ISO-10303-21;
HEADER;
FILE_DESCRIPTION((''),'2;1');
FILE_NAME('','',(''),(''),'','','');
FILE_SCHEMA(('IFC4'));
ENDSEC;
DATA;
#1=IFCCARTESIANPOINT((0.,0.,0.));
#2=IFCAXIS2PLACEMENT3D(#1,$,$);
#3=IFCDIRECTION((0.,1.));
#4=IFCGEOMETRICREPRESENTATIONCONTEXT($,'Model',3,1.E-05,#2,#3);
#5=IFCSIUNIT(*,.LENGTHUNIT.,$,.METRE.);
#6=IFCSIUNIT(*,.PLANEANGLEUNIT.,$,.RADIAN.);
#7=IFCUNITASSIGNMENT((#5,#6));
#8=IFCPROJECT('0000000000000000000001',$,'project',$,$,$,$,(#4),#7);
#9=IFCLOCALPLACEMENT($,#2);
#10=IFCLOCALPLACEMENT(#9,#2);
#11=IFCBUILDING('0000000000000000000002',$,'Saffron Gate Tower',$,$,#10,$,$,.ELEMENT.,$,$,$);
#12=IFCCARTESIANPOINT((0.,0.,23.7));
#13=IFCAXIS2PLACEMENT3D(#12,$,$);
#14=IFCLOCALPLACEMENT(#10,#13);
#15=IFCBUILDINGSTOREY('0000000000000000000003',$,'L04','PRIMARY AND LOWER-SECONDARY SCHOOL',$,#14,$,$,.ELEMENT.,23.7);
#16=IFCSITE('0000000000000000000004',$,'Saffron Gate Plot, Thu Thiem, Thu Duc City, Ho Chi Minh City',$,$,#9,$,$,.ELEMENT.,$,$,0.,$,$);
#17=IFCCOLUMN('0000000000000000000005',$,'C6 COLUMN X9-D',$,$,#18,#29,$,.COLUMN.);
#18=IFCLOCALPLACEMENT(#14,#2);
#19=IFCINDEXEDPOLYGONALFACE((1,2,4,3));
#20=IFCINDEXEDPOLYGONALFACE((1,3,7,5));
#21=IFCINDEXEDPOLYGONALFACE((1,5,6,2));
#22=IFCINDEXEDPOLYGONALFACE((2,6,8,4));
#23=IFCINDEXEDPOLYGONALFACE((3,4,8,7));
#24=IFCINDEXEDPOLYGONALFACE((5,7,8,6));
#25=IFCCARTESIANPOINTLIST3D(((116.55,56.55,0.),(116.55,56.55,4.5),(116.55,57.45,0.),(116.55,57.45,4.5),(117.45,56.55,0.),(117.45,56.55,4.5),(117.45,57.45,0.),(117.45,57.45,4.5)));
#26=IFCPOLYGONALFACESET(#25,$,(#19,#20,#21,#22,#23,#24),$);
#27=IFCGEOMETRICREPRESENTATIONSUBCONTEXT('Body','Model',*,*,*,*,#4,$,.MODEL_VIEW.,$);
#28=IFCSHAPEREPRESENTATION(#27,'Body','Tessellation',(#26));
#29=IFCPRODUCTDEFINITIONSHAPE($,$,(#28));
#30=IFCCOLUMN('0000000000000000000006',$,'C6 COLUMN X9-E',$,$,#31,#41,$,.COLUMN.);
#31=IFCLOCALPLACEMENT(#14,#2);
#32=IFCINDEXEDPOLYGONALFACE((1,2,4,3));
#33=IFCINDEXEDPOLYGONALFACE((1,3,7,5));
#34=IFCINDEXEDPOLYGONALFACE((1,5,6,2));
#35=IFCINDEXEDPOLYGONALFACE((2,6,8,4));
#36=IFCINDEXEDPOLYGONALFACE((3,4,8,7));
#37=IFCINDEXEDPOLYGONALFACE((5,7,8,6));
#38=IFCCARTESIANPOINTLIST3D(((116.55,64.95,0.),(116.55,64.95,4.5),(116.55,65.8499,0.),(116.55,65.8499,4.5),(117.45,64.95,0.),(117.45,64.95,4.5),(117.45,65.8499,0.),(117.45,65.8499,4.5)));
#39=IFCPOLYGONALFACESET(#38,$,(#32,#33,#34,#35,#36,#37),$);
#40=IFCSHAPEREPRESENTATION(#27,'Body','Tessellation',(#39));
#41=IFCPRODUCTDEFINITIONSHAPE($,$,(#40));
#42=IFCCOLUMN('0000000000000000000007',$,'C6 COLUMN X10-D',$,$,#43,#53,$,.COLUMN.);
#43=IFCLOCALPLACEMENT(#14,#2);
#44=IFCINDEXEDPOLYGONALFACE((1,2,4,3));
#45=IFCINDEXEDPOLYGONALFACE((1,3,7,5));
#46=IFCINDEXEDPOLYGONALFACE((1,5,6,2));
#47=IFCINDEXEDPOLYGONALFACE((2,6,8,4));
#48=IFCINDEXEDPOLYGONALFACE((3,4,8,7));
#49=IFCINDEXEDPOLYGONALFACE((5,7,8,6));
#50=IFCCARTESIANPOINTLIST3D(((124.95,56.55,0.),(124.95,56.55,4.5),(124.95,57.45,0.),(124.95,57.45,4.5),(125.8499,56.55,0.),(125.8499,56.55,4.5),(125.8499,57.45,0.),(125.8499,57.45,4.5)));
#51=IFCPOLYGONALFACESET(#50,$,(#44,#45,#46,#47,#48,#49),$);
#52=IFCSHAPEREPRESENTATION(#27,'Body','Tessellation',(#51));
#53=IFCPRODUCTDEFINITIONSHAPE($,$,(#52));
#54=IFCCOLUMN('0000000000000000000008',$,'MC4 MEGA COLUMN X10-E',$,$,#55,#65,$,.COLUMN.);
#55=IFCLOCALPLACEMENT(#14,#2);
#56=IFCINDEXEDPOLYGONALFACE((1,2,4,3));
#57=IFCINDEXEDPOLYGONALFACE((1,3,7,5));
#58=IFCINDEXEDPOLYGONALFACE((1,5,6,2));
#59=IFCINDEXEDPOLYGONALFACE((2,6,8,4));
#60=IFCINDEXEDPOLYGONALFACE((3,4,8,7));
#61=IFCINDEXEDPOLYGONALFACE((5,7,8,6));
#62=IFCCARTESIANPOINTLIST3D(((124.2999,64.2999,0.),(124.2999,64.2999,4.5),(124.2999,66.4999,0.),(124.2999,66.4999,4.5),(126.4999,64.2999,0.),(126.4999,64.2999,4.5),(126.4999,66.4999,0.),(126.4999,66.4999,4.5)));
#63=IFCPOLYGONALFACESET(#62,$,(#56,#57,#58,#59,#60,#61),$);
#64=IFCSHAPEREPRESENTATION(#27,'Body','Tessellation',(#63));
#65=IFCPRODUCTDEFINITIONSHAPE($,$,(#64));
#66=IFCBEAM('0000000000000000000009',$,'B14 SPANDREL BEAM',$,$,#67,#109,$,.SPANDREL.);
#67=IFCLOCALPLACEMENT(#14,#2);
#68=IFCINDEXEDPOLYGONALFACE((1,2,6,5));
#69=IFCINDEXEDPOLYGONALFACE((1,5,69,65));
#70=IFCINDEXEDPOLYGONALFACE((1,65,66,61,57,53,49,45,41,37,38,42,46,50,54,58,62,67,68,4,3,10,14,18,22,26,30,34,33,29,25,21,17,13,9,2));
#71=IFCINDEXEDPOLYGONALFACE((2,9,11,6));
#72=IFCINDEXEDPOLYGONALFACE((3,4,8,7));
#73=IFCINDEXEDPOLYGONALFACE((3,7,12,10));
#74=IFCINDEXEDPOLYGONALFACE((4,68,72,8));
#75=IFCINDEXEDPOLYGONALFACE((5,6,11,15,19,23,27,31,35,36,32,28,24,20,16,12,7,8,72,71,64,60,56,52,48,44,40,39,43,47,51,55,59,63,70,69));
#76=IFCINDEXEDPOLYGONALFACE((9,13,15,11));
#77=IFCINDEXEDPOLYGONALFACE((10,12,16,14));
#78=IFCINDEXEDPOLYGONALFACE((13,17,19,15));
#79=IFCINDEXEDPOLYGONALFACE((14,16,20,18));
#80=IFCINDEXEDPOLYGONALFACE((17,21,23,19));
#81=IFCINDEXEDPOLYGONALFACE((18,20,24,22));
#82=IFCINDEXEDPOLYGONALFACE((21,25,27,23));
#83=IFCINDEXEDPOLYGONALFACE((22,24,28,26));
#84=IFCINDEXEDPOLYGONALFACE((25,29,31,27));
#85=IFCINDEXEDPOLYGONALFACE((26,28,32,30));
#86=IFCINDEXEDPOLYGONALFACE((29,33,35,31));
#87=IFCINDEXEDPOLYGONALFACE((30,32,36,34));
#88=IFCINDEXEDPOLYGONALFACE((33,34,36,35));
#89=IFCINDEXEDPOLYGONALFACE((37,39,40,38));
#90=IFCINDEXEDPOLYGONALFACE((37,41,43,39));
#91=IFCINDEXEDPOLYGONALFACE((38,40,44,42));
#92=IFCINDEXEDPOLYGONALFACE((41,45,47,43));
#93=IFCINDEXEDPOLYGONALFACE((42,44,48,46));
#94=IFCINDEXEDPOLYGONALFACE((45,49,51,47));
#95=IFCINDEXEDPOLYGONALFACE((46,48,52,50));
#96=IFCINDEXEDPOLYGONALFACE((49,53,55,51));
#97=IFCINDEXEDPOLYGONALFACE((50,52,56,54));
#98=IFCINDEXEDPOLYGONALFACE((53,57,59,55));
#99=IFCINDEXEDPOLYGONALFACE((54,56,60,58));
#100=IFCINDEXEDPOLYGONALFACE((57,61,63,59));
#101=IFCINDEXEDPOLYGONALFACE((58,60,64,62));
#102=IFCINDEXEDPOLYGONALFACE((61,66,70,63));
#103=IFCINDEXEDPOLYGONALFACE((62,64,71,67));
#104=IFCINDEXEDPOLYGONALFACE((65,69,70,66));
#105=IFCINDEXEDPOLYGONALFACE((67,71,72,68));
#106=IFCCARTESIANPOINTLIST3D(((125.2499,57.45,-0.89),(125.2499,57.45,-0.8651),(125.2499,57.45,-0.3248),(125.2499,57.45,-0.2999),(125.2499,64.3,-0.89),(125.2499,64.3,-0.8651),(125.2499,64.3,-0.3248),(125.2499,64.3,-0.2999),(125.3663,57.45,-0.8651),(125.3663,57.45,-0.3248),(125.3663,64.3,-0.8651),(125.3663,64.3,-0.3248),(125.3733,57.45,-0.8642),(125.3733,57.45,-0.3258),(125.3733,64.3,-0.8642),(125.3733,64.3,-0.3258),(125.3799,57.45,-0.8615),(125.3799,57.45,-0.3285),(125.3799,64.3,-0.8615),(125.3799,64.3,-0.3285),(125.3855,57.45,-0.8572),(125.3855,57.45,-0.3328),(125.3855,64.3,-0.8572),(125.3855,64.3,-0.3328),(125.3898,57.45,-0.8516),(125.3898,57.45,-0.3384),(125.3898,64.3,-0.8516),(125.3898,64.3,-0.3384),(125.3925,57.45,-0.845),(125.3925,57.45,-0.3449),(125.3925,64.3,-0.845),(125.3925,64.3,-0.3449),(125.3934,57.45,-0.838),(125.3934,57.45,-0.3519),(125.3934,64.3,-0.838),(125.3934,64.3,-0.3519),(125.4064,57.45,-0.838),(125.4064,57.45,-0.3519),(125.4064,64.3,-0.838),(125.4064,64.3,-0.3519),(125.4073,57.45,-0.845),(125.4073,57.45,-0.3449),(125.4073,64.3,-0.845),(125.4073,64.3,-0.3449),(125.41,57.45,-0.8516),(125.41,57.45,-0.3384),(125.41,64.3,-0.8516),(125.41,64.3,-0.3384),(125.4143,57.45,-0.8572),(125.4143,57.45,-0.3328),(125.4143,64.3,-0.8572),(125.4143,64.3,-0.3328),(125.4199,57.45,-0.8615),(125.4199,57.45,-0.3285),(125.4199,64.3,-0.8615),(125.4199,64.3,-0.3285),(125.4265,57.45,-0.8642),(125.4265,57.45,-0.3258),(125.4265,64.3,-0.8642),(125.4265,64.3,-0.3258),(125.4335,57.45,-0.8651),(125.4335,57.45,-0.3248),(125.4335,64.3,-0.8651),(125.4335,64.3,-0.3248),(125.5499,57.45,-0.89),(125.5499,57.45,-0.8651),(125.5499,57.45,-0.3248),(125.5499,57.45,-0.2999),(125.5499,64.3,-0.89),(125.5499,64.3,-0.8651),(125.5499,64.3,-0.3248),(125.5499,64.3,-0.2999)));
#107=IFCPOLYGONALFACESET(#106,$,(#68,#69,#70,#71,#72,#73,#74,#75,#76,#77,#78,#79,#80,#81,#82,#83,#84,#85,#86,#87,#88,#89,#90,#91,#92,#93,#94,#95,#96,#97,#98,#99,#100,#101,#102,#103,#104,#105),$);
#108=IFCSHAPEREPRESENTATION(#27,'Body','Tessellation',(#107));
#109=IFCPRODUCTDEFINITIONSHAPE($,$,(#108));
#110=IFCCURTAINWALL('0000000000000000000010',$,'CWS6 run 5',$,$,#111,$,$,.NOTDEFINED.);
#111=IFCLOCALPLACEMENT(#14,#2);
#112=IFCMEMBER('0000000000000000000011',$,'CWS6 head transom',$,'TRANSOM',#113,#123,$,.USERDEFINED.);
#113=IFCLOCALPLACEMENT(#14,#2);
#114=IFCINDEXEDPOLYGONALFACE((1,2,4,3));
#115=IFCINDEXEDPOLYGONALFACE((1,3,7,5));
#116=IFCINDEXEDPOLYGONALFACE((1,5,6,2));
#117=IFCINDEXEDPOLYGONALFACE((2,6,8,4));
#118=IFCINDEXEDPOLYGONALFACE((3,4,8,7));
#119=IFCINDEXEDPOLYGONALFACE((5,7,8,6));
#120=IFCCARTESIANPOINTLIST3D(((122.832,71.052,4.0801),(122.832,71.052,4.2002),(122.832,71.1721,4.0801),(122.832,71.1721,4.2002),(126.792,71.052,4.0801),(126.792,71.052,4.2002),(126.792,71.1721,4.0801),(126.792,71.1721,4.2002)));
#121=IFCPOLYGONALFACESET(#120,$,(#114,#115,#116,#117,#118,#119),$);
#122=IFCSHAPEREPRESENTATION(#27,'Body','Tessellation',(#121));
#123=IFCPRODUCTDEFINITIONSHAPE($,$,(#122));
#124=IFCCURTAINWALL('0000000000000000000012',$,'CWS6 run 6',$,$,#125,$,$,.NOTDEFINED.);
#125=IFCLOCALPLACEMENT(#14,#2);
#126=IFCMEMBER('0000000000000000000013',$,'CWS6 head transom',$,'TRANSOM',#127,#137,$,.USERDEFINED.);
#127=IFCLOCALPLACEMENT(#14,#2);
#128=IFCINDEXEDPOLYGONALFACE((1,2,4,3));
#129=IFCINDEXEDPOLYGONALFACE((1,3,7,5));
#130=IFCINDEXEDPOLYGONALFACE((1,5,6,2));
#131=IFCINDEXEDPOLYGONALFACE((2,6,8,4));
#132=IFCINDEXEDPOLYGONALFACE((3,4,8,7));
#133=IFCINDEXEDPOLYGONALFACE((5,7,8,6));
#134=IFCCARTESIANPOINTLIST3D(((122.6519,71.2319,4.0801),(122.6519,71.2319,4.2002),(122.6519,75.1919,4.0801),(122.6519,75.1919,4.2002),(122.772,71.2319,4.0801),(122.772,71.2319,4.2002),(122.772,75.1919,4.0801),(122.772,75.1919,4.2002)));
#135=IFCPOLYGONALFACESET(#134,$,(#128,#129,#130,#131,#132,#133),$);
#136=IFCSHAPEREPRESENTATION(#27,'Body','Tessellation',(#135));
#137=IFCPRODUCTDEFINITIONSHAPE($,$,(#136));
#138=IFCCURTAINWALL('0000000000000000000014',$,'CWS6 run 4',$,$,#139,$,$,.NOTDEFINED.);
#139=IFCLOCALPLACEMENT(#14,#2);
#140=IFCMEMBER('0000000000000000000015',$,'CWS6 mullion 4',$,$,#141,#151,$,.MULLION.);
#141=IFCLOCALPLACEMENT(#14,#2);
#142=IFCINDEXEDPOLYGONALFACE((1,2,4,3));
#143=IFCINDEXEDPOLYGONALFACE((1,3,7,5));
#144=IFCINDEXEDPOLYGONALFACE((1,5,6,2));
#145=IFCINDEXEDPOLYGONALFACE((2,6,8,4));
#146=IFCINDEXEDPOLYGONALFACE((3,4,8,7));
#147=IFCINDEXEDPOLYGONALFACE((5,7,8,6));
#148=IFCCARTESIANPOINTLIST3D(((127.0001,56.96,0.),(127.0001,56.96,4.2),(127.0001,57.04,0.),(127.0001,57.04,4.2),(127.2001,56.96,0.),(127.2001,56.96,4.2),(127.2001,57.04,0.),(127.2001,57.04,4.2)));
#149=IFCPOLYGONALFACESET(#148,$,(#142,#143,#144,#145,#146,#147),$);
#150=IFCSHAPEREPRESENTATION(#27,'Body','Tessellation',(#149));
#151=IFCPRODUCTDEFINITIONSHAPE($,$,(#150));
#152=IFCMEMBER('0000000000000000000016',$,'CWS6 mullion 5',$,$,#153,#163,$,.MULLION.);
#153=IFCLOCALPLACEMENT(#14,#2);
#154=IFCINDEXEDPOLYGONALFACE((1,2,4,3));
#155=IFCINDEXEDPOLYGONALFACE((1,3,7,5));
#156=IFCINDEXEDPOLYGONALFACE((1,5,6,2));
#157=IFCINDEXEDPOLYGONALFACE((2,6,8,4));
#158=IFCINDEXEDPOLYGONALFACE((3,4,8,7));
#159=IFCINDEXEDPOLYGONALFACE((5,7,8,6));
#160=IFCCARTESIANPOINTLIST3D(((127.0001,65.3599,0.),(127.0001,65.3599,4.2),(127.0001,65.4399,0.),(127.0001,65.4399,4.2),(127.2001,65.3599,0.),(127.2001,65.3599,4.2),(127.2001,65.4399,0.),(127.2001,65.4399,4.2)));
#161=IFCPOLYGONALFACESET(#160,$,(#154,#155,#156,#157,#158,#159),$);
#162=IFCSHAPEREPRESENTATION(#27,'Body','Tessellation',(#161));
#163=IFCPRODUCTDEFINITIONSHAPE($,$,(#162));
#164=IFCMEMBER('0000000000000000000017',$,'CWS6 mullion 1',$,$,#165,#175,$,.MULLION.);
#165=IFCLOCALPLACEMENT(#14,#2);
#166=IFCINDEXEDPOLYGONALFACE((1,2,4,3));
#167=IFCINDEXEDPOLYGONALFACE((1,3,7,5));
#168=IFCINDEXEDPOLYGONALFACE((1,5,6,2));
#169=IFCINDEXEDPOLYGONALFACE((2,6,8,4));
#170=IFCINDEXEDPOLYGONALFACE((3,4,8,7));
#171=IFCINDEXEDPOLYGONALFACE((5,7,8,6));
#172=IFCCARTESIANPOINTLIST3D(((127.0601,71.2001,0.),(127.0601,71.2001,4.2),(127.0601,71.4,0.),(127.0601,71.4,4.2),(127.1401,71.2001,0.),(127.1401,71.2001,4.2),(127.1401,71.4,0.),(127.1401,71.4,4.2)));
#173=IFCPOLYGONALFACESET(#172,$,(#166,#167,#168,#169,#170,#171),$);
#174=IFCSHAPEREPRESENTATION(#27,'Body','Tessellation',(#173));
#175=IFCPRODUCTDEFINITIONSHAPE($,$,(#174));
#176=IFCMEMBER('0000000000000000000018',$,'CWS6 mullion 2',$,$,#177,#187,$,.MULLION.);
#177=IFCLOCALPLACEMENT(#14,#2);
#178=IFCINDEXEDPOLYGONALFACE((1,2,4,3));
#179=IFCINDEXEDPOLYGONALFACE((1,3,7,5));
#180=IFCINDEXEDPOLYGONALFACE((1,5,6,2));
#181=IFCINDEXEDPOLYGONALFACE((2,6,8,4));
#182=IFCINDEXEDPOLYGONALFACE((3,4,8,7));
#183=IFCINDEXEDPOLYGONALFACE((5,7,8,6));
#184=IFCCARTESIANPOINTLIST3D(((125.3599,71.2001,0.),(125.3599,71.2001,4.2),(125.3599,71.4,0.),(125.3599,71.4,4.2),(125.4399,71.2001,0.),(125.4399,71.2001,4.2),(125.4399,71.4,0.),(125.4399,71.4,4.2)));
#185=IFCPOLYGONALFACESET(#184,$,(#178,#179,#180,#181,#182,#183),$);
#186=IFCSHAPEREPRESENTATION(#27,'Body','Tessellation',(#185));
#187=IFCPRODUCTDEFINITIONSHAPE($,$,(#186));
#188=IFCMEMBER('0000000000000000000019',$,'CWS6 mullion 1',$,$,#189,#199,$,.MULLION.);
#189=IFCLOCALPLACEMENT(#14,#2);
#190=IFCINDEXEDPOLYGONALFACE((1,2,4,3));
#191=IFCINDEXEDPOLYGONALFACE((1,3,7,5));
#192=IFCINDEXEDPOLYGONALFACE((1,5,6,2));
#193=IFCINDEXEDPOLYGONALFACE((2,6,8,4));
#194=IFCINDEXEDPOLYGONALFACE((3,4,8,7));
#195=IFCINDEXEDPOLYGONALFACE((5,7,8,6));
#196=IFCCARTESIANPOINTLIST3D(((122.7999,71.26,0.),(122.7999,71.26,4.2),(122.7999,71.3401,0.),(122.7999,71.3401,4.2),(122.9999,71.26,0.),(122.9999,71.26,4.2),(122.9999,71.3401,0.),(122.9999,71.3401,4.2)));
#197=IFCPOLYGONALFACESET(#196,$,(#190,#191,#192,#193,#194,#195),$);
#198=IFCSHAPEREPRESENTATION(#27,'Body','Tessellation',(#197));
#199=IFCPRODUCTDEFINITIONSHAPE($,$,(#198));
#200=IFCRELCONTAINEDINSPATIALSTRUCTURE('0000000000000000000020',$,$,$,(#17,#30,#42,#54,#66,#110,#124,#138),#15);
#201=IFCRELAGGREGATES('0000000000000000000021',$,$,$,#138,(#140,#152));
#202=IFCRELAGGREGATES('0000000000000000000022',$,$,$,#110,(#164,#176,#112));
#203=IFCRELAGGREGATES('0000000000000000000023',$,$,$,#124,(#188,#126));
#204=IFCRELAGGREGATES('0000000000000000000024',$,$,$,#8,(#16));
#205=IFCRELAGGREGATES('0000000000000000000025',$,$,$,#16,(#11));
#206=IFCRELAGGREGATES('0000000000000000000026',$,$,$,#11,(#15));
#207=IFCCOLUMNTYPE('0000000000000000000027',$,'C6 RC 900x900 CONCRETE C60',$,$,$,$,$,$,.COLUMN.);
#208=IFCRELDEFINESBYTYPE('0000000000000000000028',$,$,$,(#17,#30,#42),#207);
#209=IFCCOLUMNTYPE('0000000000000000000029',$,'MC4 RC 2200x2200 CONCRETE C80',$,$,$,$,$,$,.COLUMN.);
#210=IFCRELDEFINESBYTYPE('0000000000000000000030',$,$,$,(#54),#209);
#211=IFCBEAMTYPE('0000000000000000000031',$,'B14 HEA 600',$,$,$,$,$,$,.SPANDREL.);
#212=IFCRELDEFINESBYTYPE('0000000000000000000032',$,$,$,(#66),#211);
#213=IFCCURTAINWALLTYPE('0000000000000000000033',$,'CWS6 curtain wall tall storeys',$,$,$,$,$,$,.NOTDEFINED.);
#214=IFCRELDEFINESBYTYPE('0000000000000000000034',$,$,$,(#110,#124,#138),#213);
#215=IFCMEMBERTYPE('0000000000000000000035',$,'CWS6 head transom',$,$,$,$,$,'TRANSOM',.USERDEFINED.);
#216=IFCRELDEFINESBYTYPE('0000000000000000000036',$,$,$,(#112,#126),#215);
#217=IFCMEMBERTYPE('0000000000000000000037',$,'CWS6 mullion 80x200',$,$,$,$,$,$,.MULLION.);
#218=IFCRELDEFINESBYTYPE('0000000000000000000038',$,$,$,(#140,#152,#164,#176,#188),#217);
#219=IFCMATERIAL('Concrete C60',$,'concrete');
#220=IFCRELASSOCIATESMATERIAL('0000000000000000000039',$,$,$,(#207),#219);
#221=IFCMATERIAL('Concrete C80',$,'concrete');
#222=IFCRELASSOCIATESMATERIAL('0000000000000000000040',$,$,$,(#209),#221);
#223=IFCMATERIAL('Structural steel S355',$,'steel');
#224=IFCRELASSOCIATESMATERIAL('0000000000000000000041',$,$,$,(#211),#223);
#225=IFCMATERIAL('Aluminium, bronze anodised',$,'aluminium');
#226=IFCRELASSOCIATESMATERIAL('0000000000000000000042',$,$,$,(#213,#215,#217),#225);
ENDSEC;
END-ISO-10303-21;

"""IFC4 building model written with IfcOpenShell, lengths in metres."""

from ifc_helpers import new_model, si_unit, direction, frame, origin, origin_2d, place, context, subcontext, project, spatial, rectangle, i_section, extrude, material, material_profile, profile_set, type_object, element, aggregate, save


model = new_model("IFC4")

# Units and contexts
model_context = context("Model", 3, precision=1e-05, world=origin(), true_north=direction((0.0, 1.0)))
body_context = subcontext(model_context, "Body", "Model", "MODEL_VIEW")
ifc_project = project(units=[si_unit("LENGTHUNIT", "METRE"), si_unit("PLANEANGLEUNIT", "RADIAN")], contexts=[model_context])

# Site, building, storey
site_placement = place(None, origin())
site = spatial("IfcSite", under=ifc_project, at=site_placement, Name="Saffron Gate Plot, Thu Thiem, Thu Duc City, Ho Chi Minh City", CompositionType="ELEMENT", RefElevation=0.0)
building_placement = place(site_placement, origin())
building = spatial("IfcBuilding", under=site, at=building_placement, Name="Saffron Gate Tower", CompositionType="ELEMENT")
storey_placement = place(building_placement, frame((0.0, 0.0, 23.7)))
storey = spatial("IfcBuildingStorey", under=building, at=storey_placement, Name="L04", Description="PRIMARY AND LOWER-SECONDARY SCHOOL", CompositionType="ELEMENT", Elevation=23.7)

# Columns
ifc_material_1 = material(Name="Concrete C60", Category="concrete")
ifc_material_profile_1 = material_profile(ifc_material_1, rectangle(XDim=0.8999, YDim=0.8999, at=origin_2d()))
ifc_profile_set_1 = profile_set([ifc_material_profile_1], Name="Concrete C60")
column_type_1 = type_object("IfcColumnType", Name="C6 RC 900x900 CONCRETE C60", PredefinedType="COLUMN", material=ifc_profile_set_1)
for number, where, z_axis, x_axis, name in (
    (1, (117.0, 57.0, 0.0), (0.0, 0.0, 1.0), (1.0, 0.0, 0.0), "C6 COLUMN X9-D"),
    (2, (117.0, 65.3999, 0.0), (0.0, 0.0, 1.0), (1.0, 0.0, 0.0), "C6 COLUMN X9-E"),
    (3, (125.3999, 57.0, 0.0), (0.0, 0.0, 1.0), (1.0, 0.0, 0.0), "C6 COLUMN X10-D"),
):
    element("IfcColumn", number, at=place(storey_placement, frame(where, z_axis=z_axis, x_axis=x_axis)), inside=storey, type_object=column_type_1, Name=name, PredefinedType="COLUMN", context=body_context, shape_type="SweptSolid", body=[
        extrude(rectangle(XDim=0.8999, YDim=0.8999, at=origin_2d()), origin(), (0.0, 0.0, 1.0), 4.5),
    ])
ifc_material_2 = material(Name="Concrete C80", Category="concrete")
ifc_material_profile_2 = material_profile(ifc_material_2, rectangle(XDim=2.2, YDim=2.2, at=origin_2d()))
ifc_profile_set_2 = profile_set([ifc_material_profile_2], Name="Concrete C80")
column_type_2 = type_object("IfcColumnType", Name="MC4 RC 2200x2200 CONCRETE C80", PredefinedType="COLUMN", material=ifc_profile_set_2)
column_placement = place(storey_placement, frame((125.3999, 65.3999, 0.0), z_axis=(0.0, 0.0, 1.0), x_axis=(1.0, 0.0, 0.0)))
element("IfcColumn", 4, at=column_placement, inside=storey, type_object=column_type_2, Name="MC4 MEGA COLUMN X10-E", PredefinedType="COLUMN", context=body_context, shape_type="SweptSolid", body=[
    extrude(rectangle(XDim=2.2, YDim=2.2, at=origin_2d()), origin(), (0.0, 0.0, 1.0), 4.5),
])

# Beam
ifc_material_3 = material(Name="Structural steel S355", Category="steel")
ifc_material_profile_3 = material_profile(ifc_material_3, i_section(OverallWidth=0.3, OverallDepth=0.5901, WebThickness=0.0129, FlangeThickness=0.0249, FilletRadius=0.0271, at=origin_2d()))
ifc_profile_set_3 = profile_set([ifc_material_profile_3], Name="Structural steel S355")
beam_type = type_object("IfcBeamType", Name="B14 HEA 600", PredefinedType="SPANDREL", material=ifc_profile_set_3)
beam_placement = place(storey_placement, frame((125.3999, 57.45, -0.595), z_axis=(0.0, 1.0, 0.0), x_axis=(-1.0, 0.0, 0.0)))
element("IfcBeam", 5, at=beam_placement, inside=storey, type_object=beam_type, Name="B14 SPANDREL BEAM", PredefinedType="SPANDREL", context=body_context, shape_type="SweptSolid", body=[
    extrude(i_section(OverallWidth=0.3, OverallDepth=0.5901, WebThickness=0.0129, FlangeThickness=0.0249, FilletRadius=0.0271, at=origin_2d()), origin(), (0.0, 0.0, 1.0), 6.8501),
])

# Curtain walls, members
ifc_material_4 = material(Name="Aluminium, bronze anodised", Category="aluminium")
curtain_wall_type = type_object("IfcCurtainWallType", Name="CWS6 curtain wall tall storeys", PredefinedType="NOTDEFINED", material=ifc_material_4)
curtain_wall_1_placement = place(storey_placement, origin())
curtain_wall_1 = element("IfcCurtainWall", 6, at=curtain_wall_1_placement, inside=storey, type_object=curtain_wall_type, Name="CWS6 run 5", PredefinedType="NOTDEFINED")
ifc_material_profile_4 = material_profile(ifc_material_4, rectangle(XDim=0.1201, YDim=0.1201, at=origin_2d()))
ifc_profile_set_4 = profile_set([ifc_material_profile_4], Name="Aluminium, bronze anodised")
member_type_1 = type_object("IfcMemberType", Name="CWS6 head transom", ElementType="TRANSOM", PredefinedType="USERDEFINED", material=ifc_profile_set_4)
member_1_placement = place(storey_placement, frame((126.792, 71.1121, 4.1401), z_axis=(-1.0, 0.0, 0.0), x_axis=(0.0, -1.0, 0.0)))
member_1 = element("IfcMember", 7, at=member_1_placement, type_object=member_type_1, Name="CWS6 head transom", ObjectType="TRANSOM", PredefinedType="USERDEFINED", context=body_context, shape_type="SweptSolid", body=[
    extrude(rectangle(XDim=0.1201, YDim=0.1201, at=origin_2d()), origin(), (0.0, 0.0, 1.0), 3.96),
])
curtain_wall_2_placement = place(storey_placement, origin())
curtain_wall_2 = element("IfcCurtainWall", 8, at=curtain_wall_2_placement, inside=storey, type_object=curtain_wall_type, Name="CWS6 run 6", PredefinedType="NOTDEFINED")
member_2_placement = place(storey_placement, frame((122.7119, 71.2319, 4.1401), z_axis=(0.0, 1.0, 0.0), x_axis=(-1.0, 0.0, 0.0)))
member_2 = element("IfcMember", 9, at=member_2_placement, type_object=member_type_1, Name="CWS6 head transom", ObjectType="TRANSOM", PredefinedType="USERDEFINED", context=body_context, shape_type="SweptSolid", body=[
    extrude(rectangle(XDim=0.1201, YDim=0.1201, at=origin_2d()), origin(), (0.0, 0.0, 1.0), 3.96),
])

# Curtain wall, members
curtain_wall_3_placement = place(storey_placement, origin())
curtain_wall_3 = element("IfcCurtainWall", 10, at=curtain_wall_3_placement, inside=storey, type_object=curtain_wall_type, Name="CWS6 run 4", PredefinedType="NOTDEFINED")
ifc_material_profile_5 = material_profile(ifc_material_4, rectangle(XDim=0.2, YDim=0.0801, at=origin_2d()))
ifc_profile_set_5 = profile_set([ifc_material_profile_5], Name="Aluminium, bronze anodised")
member_type_2 = type_object("IfcMemberType", Name="CWS6 mullion 80x200", PredefinedType="MULLION", material=ifc_profile_set_5)
member_3_placement = place(storey_placement, frame((127.1001, 57.0, 0.0), z_axis=(0.0, 0.0, 1.0), x_axis=(-1.0, 0.0, 0.0)))
member_3 = element("IfcMember", 11, at=member_3_placement, type_object=member_type_2, Name="CWS6 mullion 4", PredefinedType="MULLION", context=body_context, shape_type="SweptSolid", body=[
    extrude(rectangle(XDim=0.2, YDim=0.0801, at=origin_2d()), origin(), (0.0, 0.0, 1.0), 4.2),
])
member_4_placement = place(storey_placement, frame((127.1001, 65.3999, 0.0), z_axis=(0.0, 0.0, 1.0), x_axis=(-1.0, 0.0, 0.0)))
member_4 = element("IfcMember", 12, at=member_4_placement, type_object=member_type_2, Name="CWS6 mullion 5", PredefinedType="MULLION", context=body_context, shape_type="SweptSolid", body=[
    extrude(rectangle(XDim=0.2, YDim=0.0801, at=origin_2d()), origin(), (0.0, 0.0, 1.0), 4.2),
])
aggregate(curtain_wall_3, [member_3, member_4])

# Members
member_5_placement = place(storey_placement, frame((127.1001, 71.3, 0.0), z_axis=(0.0, 0.0, 1.0), x_axis=(0.0, -1.0, 0.0)))
member_5 = element("IfcMember", 13, at=member_5_placement, type_object=member_type_2, Name="CWS6 mullion 1", PredefinedType="MULLION", context=body_context, shape_type="SweptSolid", body=[
    extrude(rectangle(XDim=0.2, YDim=0.0801, at=origin_2d()), origin(), (0.0, 0.0, 1.0), 4.2),
])
member_6_placement = place(storey_placement, frame((125.3999, 71.3, 0.0), z_axis=(0.0, 0.0, 1.0), x_axis=(0.0, -1.0, 0.0)))
member_6 = element("IfcMember", 14, at=member_6_placement, type_object=member_type_2, Name="CWS6 mullion 2", PredefinedType="MULLION", context=body_context, shape_type="SweptSolid", body=[
    extrude(rectangle(XDim=0.2, YDim=0.0801, at=origin_2d()), origin(), (0.0, 0.0, 1.0), 4.2),
])
member_7_placement = place(storey_placement, frame((122.8999, 71.3, 0.0), z_axis=(0.0, 0.0, 1.0), x_axis=(-1.0, 0.0, 0.0)))
member_7 = element("IfcMember", 15, at=member_7_placement, type_object=member_type_2, Name="CWS6 mullion 1", PredefinedType="MULLION", context=body_context, shape_type="SweptSolid", body=[
    extrude(rectangle(XDim=0.2, YDim=0.0801, at=origin_2d()), origin(), (0.0, 0.0, 1.0), 4.2),
])

aggregate(curtain_wall_1, [member_5, member_6, member_1])
aggregate(curtain_wall_2, [member_7, member_2])

save(model, "model.ifc")
